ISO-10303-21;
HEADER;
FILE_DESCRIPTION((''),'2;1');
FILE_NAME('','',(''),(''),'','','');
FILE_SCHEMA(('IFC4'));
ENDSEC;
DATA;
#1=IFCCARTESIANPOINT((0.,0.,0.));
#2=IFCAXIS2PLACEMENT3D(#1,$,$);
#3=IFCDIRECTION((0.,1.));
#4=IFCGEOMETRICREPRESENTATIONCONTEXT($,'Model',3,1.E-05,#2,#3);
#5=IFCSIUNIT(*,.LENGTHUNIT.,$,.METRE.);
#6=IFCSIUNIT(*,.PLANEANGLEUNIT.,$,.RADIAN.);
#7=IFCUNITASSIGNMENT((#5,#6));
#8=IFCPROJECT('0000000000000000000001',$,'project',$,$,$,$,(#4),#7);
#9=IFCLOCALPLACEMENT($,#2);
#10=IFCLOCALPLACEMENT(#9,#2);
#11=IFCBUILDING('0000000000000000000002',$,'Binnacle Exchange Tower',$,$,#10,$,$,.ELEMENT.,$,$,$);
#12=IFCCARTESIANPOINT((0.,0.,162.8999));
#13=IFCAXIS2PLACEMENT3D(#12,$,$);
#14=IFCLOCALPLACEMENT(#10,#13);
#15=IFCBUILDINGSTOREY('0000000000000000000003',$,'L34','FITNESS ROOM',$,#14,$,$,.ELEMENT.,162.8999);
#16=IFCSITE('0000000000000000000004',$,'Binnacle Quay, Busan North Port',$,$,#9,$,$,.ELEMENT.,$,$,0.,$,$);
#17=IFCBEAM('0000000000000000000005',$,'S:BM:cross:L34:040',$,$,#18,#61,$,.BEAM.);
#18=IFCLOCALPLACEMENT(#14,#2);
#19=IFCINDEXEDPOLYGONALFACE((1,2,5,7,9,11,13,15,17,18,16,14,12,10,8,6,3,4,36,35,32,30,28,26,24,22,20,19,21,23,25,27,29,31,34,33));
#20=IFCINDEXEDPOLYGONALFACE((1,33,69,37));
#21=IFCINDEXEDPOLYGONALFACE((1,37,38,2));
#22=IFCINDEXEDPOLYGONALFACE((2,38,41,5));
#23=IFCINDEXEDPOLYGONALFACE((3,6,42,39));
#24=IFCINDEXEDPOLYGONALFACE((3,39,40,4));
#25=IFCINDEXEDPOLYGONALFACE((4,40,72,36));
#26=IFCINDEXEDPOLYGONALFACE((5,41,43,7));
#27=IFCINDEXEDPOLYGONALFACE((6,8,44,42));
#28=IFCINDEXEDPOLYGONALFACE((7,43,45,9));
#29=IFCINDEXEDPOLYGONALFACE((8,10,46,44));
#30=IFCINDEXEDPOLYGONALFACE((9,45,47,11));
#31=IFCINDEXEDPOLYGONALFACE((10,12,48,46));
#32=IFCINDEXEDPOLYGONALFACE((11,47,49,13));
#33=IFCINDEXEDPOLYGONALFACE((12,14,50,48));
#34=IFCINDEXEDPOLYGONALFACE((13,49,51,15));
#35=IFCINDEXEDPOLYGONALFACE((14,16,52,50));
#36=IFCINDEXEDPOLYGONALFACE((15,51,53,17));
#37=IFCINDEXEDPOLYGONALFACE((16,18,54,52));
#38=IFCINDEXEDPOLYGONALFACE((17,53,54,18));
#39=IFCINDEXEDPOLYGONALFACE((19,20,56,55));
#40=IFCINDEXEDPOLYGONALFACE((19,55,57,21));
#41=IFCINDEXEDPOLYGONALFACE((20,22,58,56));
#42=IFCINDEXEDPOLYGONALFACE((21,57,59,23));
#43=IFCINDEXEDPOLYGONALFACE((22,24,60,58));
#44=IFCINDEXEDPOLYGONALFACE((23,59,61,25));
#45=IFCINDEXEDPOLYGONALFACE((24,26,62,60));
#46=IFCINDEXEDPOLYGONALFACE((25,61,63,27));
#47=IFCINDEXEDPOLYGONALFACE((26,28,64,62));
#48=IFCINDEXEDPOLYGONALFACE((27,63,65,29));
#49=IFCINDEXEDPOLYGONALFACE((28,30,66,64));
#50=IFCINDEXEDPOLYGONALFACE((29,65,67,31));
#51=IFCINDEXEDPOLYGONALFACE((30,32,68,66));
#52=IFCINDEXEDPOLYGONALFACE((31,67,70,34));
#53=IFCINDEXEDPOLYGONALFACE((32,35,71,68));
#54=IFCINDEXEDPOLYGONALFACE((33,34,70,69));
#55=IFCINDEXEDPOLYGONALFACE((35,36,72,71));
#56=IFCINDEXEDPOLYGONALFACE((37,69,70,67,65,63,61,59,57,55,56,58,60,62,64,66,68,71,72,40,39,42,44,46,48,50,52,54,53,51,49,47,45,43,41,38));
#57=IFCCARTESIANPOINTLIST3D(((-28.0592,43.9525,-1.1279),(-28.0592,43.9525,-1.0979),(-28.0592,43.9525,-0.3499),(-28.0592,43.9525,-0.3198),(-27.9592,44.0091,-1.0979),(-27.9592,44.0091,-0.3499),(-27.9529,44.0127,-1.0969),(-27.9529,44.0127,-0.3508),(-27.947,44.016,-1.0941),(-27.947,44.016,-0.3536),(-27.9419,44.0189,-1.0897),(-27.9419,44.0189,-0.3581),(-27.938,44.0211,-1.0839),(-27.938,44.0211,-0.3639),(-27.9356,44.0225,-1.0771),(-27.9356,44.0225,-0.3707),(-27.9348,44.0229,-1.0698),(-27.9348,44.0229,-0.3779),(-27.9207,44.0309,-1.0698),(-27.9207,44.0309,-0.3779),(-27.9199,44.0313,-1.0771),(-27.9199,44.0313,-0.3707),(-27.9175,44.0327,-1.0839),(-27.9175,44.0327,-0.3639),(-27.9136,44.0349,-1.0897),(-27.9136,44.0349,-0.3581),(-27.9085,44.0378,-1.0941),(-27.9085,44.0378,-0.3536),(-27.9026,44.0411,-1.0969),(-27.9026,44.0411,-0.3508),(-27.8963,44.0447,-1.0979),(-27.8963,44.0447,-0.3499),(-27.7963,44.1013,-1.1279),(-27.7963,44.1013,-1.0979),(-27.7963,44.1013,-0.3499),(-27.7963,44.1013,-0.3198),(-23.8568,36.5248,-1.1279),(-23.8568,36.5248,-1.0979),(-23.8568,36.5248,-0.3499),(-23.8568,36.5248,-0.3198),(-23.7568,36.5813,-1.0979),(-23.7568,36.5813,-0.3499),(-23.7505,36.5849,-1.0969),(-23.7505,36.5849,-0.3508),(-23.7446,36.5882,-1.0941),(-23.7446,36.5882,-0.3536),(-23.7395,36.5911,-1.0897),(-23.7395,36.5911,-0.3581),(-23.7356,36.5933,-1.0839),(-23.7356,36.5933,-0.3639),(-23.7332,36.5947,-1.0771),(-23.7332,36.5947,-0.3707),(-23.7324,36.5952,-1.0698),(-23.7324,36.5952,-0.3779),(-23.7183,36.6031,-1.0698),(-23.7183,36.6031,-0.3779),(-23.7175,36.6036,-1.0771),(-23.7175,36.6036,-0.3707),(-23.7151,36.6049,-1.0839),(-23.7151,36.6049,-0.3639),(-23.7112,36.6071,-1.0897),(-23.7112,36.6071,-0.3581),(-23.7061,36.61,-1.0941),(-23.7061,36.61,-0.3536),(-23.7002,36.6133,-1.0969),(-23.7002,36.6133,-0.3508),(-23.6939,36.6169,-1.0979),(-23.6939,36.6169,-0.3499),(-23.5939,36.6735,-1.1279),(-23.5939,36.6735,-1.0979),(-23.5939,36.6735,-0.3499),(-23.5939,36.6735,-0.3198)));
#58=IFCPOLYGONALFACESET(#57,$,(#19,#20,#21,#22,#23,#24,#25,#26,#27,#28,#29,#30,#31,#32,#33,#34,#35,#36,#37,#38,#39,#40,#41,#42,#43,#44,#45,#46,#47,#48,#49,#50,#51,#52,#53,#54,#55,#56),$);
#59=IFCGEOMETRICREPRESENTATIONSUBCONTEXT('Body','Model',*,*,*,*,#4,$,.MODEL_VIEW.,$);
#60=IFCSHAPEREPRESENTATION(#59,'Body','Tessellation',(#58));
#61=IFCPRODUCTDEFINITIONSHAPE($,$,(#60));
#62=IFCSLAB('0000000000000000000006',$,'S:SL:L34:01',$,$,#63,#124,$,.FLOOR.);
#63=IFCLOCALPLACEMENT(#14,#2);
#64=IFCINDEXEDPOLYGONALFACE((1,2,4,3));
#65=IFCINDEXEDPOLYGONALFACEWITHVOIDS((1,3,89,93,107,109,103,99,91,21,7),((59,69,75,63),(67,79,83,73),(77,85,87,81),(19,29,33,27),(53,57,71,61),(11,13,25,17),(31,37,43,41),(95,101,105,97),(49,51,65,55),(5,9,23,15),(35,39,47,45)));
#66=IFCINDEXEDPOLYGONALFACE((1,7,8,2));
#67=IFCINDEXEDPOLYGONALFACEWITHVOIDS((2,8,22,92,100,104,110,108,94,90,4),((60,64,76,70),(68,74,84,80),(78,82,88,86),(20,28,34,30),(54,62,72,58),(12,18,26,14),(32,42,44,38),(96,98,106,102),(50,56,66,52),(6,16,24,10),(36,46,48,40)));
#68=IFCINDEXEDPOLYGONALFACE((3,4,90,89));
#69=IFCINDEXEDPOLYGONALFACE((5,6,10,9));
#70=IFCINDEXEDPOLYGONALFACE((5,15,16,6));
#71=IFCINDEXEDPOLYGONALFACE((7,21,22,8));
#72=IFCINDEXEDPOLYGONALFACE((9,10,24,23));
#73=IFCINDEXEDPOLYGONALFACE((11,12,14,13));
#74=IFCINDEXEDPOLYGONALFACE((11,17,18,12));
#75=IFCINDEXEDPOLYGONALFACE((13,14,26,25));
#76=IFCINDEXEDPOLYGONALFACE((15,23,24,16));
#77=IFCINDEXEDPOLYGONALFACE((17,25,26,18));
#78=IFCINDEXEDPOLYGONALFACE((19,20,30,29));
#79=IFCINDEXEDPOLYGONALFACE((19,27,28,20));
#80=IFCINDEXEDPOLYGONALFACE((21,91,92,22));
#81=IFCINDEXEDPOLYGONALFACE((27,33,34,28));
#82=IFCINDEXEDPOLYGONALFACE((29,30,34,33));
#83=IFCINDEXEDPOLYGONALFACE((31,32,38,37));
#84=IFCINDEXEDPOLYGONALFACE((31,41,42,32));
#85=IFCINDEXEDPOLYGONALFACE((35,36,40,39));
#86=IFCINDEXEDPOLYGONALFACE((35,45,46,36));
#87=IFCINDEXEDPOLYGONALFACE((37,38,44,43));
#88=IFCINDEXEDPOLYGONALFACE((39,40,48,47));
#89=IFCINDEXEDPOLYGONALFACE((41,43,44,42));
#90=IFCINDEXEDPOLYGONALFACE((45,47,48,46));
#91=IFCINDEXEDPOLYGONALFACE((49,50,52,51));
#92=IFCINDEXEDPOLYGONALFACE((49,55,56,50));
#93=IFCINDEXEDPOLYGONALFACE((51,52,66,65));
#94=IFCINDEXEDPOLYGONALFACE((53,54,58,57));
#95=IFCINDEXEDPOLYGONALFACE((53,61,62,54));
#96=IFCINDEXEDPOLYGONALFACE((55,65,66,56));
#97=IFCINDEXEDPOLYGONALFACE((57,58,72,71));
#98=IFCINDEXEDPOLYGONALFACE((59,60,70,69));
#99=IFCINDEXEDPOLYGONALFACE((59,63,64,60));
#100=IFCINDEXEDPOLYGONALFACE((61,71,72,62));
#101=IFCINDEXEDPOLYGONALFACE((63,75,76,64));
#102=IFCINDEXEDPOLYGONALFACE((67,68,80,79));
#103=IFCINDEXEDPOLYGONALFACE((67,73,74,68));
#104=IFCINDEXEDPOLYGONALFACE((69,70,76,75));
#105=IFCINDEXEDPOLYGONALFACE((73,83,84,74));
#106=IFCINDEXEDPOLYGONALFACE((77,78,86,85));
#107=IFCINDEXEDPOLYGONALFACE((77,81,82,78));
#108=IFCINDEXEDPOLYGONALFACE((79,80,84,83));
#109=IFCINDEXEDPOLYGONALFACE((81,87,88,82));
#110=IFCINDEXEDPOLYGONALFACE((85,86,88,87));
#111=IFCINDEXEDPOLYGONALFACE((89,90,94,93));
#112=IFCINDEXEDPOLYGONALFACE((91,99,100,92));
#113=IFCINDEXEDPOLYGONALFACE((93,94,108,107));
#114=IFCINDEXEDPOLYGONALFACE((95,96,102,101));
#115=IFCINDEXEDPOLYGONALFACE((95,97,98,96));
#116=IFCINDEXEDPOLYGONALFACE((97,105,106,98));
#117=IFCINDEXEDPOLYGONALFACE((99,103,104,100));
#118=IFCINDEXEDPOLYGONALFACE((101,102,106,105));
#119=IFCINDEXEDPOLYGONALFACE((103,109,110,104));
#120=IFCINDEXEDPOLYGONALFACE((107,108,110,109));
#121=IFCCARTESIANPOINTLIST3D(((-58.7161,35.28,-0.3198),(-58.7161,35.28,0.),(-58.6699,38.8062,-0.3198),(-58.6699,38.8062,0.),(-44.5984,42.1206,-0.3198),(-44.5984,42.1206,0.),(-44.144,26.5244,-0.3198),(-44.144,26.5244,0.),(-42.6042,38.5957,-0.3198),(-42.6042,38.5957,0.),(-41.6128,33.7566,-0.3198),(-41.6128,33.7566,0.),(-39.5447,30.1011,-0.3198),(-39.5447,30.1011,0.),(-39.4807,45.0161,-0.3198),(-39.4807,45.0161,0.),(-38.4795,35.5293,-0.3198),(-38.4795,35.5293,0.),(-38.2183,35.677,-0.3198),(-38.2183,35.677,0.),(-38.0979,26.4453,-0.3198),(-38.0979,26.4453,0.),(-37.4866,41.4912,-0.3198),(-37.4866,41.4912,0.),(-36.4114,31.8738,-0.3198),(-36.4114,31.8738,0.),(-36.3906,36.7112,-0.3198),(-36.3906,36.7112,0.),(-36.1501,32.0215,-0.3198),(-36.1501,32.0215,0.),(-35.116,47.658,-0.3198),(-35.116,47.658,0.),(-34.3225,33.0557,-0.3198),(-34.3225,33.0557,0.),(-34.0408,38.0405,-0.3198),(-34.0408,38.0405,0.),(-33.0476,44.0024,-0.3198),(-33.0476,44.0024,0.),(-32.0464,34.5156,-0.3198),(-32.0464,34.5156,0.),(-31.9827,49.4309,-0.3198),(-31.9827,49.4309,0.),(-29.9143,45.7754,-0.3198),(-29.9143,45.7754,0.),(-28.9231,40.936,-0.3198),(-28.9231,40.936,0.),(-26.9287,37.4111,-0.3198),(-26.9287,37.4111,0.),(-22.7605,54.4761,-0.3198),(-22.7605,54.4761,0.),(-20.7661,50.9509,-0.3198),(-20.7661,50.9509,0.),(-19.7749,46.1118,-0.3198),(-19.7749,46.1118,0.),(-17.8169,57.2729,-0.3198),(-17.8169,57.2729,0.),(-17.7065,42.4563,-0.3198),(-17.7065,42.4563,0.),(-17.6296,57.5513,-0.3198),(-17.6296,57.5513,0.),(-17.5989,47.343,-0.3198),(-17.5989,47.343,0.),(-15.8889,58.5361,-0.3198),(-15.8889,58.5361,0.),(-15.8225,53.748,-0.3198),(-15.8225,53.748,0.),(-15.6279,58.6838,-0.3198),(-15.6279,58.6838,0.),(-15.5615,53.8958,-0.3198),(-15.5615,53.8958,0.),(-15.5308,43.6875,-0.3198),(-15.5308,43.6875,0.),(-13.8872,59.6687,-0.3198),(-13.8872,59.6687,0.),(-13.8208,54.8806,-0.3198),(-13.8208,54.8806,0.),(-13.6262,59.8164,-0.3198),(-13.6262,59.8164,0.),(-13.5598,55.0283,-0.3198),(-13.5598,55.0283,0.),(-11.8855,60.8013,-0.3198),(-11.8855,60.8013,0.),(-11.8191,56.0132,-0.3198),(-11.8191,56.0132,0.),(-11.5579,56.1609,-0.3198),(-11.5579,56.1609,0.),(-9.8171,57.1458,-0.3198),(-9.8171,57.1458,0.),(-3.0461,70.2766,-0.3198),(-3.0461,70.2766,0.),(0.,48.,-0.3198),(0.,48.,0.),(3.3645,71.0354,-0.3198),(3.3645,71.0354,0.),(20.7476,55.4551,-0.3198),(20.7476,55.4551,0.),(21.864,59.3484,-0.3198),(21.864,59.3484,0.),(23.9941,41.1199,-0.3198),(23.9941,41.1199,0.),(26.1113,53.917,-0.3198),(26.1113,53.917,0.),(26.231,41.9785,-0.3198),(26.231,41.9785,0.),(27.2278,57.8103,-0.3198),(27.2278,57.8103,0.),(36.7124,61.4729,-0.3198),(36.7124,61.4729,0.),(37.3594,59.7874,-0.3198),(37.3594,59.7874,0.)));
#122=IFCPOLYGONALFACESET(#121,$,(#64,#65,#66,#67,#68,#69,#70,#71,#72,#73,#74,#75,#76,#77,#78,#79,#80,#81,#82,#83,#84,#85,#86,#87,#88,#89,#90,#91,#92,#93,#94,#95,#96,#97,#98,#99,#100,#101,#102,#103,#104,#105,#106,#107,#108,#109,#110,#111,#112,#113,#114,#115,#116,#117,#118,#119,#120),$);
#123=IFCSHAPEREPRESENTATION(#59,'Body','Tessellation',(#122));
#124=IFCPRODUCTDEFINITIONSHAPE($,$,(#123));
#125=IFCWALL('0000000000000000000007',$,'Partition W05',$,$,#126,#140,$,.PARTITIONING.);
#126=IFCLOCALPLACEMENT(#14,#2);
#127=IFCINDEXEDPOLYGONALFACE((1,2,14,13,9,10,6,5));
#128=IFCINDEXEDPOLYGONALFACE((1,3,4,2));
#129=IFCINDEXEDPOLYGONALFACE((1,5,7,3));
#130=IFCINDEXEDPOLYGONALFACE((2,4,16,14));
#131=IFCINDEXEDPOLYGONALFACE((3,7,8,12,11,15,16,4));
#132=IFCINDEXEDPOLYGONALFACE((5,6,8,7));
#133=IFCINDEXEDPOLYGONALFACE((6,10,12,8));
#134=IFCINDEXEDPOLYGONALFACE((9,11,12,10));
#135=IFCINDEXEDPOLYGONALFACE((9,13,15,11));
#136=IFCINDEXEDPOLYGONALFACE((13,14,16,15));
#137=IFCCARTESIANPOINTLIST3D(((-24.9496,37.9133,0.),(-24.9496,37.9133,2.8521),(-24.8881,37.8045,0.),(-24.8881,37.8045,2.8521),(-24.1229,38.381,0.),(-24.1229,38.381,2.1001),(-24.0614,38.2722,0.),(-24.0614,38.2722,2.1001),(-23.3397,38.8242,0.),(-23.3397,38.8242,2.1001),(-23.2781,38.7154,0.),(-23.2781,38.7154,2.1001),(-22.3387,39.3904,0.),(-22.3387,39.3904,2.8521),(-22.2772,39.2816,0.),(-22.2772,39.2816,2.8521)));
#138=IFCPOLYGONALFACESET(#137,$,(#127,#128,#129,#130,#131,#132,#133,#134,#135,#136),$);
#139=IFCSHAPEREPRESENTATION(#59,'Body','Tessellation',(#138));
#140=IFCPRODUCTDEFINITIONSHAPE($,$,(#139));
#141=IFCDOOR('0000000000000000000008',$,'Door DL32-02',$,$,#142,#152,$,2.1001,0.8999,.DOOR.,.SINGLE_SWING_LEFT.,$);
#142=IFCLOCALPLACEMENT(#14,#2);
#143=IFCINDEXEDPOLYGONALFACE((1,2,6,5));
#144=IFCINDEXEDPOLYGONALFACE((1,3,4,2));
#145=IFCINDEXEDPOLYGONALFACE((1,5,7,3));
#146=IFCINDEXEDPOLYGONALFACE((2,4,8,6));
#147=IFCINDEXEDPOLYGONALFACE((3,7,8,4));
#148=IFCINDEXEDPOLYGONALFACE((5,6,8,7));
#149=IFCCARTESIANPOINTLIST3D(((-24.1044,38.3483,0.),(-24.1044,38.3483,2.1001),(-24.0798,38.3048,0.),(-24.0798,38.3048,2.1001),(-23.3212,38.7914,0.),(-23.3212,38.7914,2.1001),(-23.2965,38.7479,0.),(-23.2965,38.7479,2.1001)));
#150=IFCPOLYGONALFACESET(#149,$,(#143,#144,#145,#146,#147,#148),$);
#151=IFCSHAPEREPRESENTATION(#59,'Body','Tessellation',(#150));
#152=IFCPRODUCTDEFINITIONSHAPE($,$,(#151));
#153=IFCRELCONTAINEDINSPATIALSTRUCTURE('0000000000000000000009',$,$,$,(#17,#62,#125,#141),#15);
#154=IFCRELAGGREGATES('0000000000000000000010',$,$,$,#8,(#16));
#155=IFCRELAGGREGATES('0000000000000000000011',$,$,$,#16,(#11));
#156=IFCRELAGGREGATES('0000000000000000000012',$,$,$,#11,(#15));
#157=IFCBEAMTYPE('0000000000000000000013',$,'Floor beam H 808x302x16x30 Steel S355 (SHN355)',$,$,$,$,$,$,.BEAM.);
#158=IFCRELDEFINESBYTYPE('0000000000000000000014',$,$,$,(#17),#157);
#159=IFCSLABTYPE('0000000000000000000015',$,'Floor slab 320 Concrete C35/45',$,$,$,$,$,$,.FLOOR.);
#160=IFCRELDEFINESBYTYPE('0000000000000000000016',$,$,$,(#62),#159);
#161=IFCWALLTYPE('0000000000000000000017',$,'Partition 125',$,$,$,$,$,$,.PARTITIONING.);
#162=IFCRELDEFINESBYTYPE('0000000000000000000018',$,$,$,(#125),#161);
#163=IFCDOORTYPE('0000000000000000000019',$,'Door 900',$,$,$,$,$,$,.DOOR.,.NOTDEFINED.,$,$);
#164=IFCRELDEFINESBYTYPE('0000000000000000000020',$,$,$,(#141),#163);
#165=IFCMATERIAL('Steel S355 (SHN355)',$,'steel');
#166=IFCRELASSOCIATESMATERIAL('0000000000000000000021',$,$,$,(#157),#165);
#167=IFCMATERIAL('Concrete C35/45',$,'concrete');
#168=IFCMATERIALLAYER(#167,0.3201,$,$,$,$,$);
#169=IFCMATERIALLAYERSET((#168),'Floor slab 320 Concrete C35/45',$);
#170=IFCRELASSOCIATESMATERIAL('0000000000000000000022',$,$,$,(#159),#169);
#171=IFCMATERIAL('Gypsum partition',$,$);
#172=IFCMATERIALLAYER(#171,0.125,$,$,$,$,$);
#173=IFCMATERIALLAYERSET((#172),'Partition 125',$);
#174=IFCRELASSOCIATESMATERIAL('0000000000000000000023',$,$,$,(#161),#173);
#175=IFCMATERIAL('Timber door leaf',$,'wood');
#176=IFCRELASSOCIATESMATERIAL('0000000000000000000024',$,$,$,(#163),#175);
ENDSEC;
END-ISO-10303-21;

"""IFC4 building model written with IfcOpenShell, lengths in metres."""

from ifc_helpers import new_model, si_unit, direction, frame, frame_2d, origin, origin_2d, place, context, subcontext, project, spatial, polyline, rectangle, i_section, outline, extrude, material, layer, layer_set, material_profile, profile_set, type_object, element, fill, save


model = new_model("IFC4")

# Units and contexts
model_context = context("Model", 3, precision=1e-05, world=origin(), true_north=direction((0.0, 1.0)))
body_context = subcontext(model_context, "Body", "Model", "MODEL_VIEW")
ifc_project = project(units=[si_unit("LENGTHUNIT", "METRE"), si_unit("PLANEANGLEUNIT", "RADIAN")], contexts=[model_context])

# Site, building, storey
site_placement = place(None, origin())
site = spatial("IfcSite", under=ifc_project, at=site_placement, Name="Binnacle Quay, Busan North Port", CompositionType="ELEMENT", RefElevation=0.0)
building_placement = place(site_placement, origin())
building = spatial("IfcBuilding", under=site, at=building_placement, Name="Binnacle Exchange Tower", CompositionType="ELEMENT")
storey_placement = place(building_placement, frame((0.0, 0.0, 162.8999)))
storey = spatial("IfcBuildingStorey", under=building, at=storey_placement, Name="L34", Description="FITNESS ROOM", CompositionType="ELEMENT", Elevation=162.8999)

# Beam
ifc_material_1 = material(Name="Steel S355 (SHN355)", Category="steel")
ifc_material_profile_1 = material_profile(ifc_material_1, i_section(OverallWidth=0.302, OverallDepth=0.8081, WebThickness=0.0161, FlangeThickness=0.03, FilletRadius=0.0281, at=origin_2d()), Name="H 808x302x16x30")
ifc_profile_set_1 = profile_set([ifc_material_profile_1], Name="Steel S355 (SHN355)")
beam_type_1 = type_object("IfcBeamType", Name="Floor beam H 808x302x16x30 Steel S355 (SHN355)", PredefinedType="BEAM", material=ifc_profile_set_1)
beam_1_placement = place(storey_placement, frame((-23.7253, 36.5991, -0.7239), z_axis=(-0.492422, 0.870357, 0.0), x_axis=(-0.870357, -0.492422, 0.0)))
element("IfcBeam", 1, at=beam_1_placement, inside=storey, type_object=beam_type_1, Name="S:BM:cross:L34:040", PredefinedType="BEAM", context=body_context, shape_type="SweptSolid", body=[
    extrude(i_section(OverallWidth=0.302, OverallDepth=0.8081, WebThickness=0.0161, FlangeThickness=0.03, FilletRadius=0.0281, at=origin_2d()), origin(), (0.0, 0.0, 1.0), 8.5342),
])

# Slab
ifc_material_2 = material(Name="Concrete C35/45", Category="concrete")
ifc_layer_1 = layer(ifc_material_2, 0.3201)
ifc_layer_set_1 = layer_set([ifc_layer_1], Name="Floor slab 320 Concrete C35/45")
slab_type = type_object("IfcSlabType", Name="Floor slab 320 Concrete C35/45", PredefinedType="FLOOR", material=ifc_layer_set_1)
slab_placement = place(storey_placement, frame((0.0, 0.0, -0.3198)))
element("IfcSlab", 2, at=slab_placement, inside=storey, type_object=slab_type, Name="S:SL:L34:01", PredefinedType="FLOOR", context=body_context, shape_type="SweptSolid", body=[
    extrude(outline(polyline([(-58.7161, 35.28), (-58.6699, 38.8062), (-3.0461, 70.2766), (3.3645, 71.0354), (36.7124, 61.4729), (37.3594, 59.7874), (26.231, 41.9785), (23.9941, 41.1199), (0.0, 48.0), (-38.0979, 26.4453), (-44.144, 26.5244), (-58.7161, 35.28)]), holes=[polyline([(-38.4795, 35.5293), (-41.6128, 33.7566), (-39.5447, 30.1011), (-36.4114, 31.8738), (-38.4795, 35.5293)]), polyline([(-36.3906, 36.7112), (-38.2183, 35.677), (-36.1501, 32.0215), (-34.3225, 33.0557), (-36.3906, 36.7112)]), polyline([(-32.0464, 34.5156), (-26.9287, 37.4111), (-28.9231, 40.936), (-34.0408, 38.0405), (-32.0464, 34.5156)]), polyline([(-37.4866, 41.4912), (-39.4807, 45.0161), (-44.5984, 42.1206), (-42.6042, 38.5957), (-37.4866, 41.4912)]), polyline([(-29.9143, 45.7754), (-31.9827, 49.4309), (-35.116, 47.658), (-33.0476, 44.0024), (-29.9143, 45.7754)]), polyline([(-17.8169, 57.2729), (-22.7605, 54.4761), (-20.7661, 50.9509), (-15.8225, 53.748), (-17.8169, 57.2729)]), polyline([(-15.5308, 43.6875), (-17.5989, 47.343), (-19.7749, 46.1118), (-17.7065, 42.4563), (-15.5308, 43.6875)]), polyline([(-13.8208, 54.8806), (-15.8889, 58.5361), (-17.6296, 57.5513), (-15.5615, 53.8958), (-13.8208, 54.8806)]), polyline([(27.2278, 57.8103), (21.864, 59.3484), (20.7476, 55.4551), (26.1113, 53.917), (27.2278, 57.8103)]), polyline([(-11.8191, 56.0132), (-13.8872, 59.6687), (-15.6279, 58.6838), (-13.5598, 55.0283), (-11.8191, 56.0132)]), polyline([(-9.8171, 57.1458), (-11.8855, 60.8013), (-13.6262, 59.8164), (-11.5579, 56.1609), (-9.8171, 57.1458)])]), origin(), (0.0, 0.0, 1.0), 0.3198),
])

# Wall, opening, door
ifc_material_3 = material(Name="Gypsum partition")
ifc_layer_2 = layer(ifc_material_3, 0.125)
ifc_layer_set_2 = layer_set([ifc_layer_2], Name="Partition 125")
wall_type = type_object("IfcWallType", Name="Partition 125", PredefinedType="PARTITIONING", material=ifc_layer_set_2)
wall_1_placement = place(storey_placement, frame((-24.9189, 37.8589, 0.0), z_axis=(0.0, 0.0, 1.0), x_axis=(0.870369, 0.4924, 0.0)))
wall_1 = element("IfcWall", 3, at=wall_1_placement, inside=storey, type_object=wall_type, Name="Partition W05", PredefinedType="PARTITIONING", context=body_context, shape_type="SweptSolid", body=[
    extrude(rectangle(XDim=2.9998, YDim=0.125, at=frame_2d((1.5, 0.0))), origin(), (0.0, 0.0, 1.0), 2.8521),
])
opening_1_placement = place(wall_1_placement, frame((0.95, 0.0, 0.0)))
opening_1 = element("IfcOpeningElement", 4, at=opening_1_placement, cuts=wall_1, PredefinedType="OPENING", context=body_context, shape_type="SweptSolid", body=[
    extrude(rectangle(XDim=0.8999, YDim=2.1001, at=frame_2d((0.45, 1.05))), frame((0.0, 0.0725, 0.0), z_axis=(0.0, -1.0, 0.0), x_axis=(1.0, 0.0, 0.0)), (0.0, 0.0, 1.0), 0.145),
])
ifc_material_4 = material(Name="Timber door leaf", Category="wood")
door_type = type_object("IfcDoorType", Name="Door 900", OperationType="NOTDEFINED", PredefinedType="DOOR", material=ifc_material_4)
door_1_placement = place(opening_1_placement, origin())
door_1 = element("IfcDoor", 5, at=door_1_placement, inside=storey, type_object=door_type, Name="Door DL32-02", OperationType="SINGLE_SWING_LEFT", OverallHeight=2.1001, OverallWidth=0.8999, PredefinedType="DOOR", context=body_context, shape_type="SweptSolid", body=[
    extrude(rectangle(XDim=0.8999, YDim=2.1001, at=frame_2d((0.45, 1.05))), frame((0.0, 0.0249, 0.0), z_axis=(0.0, -1.0, 0.0), x_axis=(1.0, 0.0, 0.0)), (0.0, 0.0, 1.0), 0.05),
])
fill(opening_1, door_1)

save(model, "model.ifc")
